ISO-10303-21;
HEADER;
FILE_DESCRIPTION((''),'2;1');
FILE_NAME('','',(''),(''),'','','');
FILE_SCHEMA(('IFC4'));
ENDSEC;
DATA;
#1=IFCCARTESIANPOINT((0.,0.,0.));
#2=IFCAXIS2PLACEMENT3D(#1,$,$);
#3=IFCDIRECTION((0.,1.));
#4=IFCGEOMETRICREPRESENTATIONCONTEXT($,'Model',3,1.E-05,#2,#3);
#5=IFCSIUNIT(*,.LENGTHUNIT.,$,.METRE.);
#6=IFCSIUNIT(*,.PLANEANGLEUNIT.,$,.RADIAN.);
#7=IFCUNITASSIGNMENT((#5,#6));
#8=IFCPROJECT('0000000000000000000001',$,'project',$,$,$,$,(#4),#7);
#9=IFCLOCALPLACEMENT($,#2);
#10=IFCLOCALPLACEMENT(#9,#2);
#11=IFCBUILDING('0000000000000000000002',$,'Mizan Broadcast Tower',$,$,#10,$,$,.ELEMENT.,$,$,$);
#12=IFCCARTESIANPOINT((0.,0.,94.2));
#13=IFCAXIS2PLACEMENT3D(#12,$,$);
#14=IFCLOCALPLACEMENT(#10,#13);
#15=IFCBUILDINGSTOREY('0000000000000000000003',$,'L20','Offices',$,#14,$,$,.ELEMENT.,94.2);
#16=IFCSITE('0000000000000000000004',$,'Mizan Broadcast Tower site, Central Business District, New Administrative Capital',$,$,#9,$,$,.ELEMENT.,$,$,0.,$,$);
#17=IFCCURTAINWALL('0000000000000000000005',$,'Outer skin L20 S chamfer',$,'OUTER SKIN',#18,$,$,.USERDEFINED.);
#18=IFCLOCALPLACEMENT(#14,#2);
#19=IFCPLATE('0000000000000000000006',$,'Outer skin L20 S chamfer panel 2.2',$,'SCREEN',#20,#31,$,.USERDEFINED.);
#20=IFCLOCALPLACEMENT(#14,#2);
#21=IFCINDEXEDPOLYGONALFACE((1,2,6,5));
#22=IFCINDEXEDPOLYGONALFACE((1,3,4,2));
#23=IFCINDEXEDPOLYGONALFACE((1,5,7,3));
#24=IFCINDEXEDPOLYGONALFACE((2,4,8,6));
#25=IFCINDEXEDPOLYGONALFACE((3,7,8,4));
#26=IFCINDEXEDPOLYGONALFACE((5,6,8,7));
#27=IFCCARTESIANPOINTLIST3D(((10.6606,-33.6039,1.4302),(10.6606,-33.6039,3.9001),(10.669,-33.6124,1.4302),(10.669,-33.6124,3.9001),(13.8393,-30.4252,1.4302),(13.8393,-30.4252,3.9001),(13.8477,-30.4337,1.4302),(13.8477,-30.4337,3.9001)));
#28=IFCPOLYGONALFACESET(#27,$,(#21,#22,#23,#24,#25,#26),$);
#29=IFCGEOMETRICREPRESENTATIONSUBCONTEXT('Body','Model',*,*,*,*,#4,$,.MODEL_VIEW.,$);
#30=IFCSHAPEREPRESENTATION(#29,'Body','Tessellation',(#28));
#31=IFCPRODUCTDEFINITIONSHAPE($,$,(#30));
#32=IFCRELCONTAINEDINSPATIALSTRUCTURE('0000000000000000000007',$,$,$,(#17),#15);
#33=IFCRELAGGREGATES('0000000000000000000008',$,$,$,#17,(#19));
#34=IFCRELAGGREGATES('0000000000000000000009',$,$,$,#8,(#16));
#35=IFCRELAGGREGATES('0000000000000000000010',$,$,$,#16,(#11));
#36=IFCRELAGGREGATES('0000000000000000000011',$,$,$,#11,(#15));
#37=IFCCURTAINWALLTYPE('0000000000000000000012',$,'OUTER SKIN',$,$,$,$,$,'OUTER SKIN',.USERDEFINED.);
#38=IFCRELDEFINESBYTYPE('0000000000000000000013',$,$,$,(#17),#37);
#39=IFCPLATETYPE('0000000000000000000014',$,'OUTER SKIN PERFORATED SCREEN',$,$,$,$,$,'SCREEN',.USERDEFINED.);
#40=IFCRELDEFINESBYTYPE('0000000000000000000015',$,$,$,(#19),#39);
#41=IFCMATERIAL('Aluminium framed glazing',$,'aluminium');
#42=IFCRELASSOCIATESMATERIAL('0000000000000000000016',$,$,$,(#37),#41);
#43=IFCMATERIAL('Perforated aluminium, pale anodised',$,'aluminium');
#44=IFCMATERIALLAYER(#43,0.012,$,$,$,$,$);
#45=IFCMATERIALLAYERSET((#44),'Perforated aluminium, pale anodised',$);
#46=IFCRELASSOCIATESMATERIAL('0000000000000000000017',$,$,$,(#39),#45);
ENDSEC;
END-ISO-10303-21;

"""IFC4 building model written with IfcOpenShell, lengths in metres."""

from ifc_helpers import new_model, si_unit, direction, frame, origin, origin_2d, place, context, subcontext, project, spatial, rectangle, extrude, material, layer, layer_set, type_object, element, aggregate, save


model = new_model("IFC4")

# Units and contexts
model_context = context("Model", 3, precision=1e-05, world=origin(), true_north=direction((0.0, 1.0)))
body_context = subcontext(model_context, "Body", "Model", "MODEL_VIEW")
ifc_project = project(units=[si_unit("LENGTHUNIT", "METRE"), si_unit("PLANEANGLEUNIT", "RADIAN")], contexts=[model_context])

# Site, building, storey
site_placement = place(None, origin())
site = spatial("IfcSite", under=ifc_project, at=site_placement, Name="Mizan Broadcast Tower site, Central Business District, New Administrative Capital", CompositionType="ELEMENT", RefElevation=0.0)
building_placement = place(site_placement, origin())
building = spatial("IfcBuilding", under=site, at=building_placement, Name="Mizan Broadcast Tower", CompositionType="ELEMENT")
storey_placement = place(building_placement, frame((0.0, 0.0, 94.2)))
storey = spatial("IfcBuildingStorey", under=building, at=storey_placement, Name="L20", Description="Offices", CompositionType="ELEMENT", Elevation=94.2)

# Shared definitions
ifc_material_1 = material(Name="Aluminium framed glazing", Category="aluminium")
curtain_wall_type_1 = type_object("IfcCurtainWallType", Name="OUTER SKIN", ElementType="OUTER SKIN", PredefinedType="USERDEFINED", material=ifc_material_1)

# Curtain wall
curtain_wall_1_placement = place(storey_placement, origin())
curtain_wall_1 = element("IfcCurtainWall", 1, at=curtain_wall_1_placement, inside=storey, type_object=curtain_wall_type_1, Name="Outer skin L20 S chamfer", ObjectType="OUTER SKIN", PredefinedType="USERDEFINED")

# Plate
ifc_material_2 = material(Name="Perforated aluminium, pale anodised", Category="aluminium")
ifc_layer_1 = layer(ifc_material_2, 0.012)
ifc_layer_set_1 = layer_set([ifc_layer_1], Name="Perforated aluminium, pale anodised")
plate_type_1 = type_object("IfcPlateType", Name="OUTER SKIN PERFORATED SCREEN", ElementType="SCREEN", PredefinedType="USERDEFINED", material=ifc_layer_set_1)
plate_1_placement = place(storey_placement, frame((12.2542, -32.0188, 1.4302), z_axis=(0.0, 0.0, 1.0), x_axis=(0.707107, 0.707107, 0.0)))
plate_1 = element("IfcPlate", 2, at=plate_1_placement, type_object=plate_type_1, Name="Outer skin L20 S chamfer panel 2.2", ObjectType="SCREEN", PredefinedType="USERDEFINED", context=body_context, shape_type="SweptSolid", body=[
    extrude(rectangle(XDim=4.4954, YDim=0.012, at=origin_2d()), origin(), (0.0, 0.0, 1.0), 2.47),
])
aggregate(curtain_wall_1, [plate_1])

save(model, "model.ifc")
